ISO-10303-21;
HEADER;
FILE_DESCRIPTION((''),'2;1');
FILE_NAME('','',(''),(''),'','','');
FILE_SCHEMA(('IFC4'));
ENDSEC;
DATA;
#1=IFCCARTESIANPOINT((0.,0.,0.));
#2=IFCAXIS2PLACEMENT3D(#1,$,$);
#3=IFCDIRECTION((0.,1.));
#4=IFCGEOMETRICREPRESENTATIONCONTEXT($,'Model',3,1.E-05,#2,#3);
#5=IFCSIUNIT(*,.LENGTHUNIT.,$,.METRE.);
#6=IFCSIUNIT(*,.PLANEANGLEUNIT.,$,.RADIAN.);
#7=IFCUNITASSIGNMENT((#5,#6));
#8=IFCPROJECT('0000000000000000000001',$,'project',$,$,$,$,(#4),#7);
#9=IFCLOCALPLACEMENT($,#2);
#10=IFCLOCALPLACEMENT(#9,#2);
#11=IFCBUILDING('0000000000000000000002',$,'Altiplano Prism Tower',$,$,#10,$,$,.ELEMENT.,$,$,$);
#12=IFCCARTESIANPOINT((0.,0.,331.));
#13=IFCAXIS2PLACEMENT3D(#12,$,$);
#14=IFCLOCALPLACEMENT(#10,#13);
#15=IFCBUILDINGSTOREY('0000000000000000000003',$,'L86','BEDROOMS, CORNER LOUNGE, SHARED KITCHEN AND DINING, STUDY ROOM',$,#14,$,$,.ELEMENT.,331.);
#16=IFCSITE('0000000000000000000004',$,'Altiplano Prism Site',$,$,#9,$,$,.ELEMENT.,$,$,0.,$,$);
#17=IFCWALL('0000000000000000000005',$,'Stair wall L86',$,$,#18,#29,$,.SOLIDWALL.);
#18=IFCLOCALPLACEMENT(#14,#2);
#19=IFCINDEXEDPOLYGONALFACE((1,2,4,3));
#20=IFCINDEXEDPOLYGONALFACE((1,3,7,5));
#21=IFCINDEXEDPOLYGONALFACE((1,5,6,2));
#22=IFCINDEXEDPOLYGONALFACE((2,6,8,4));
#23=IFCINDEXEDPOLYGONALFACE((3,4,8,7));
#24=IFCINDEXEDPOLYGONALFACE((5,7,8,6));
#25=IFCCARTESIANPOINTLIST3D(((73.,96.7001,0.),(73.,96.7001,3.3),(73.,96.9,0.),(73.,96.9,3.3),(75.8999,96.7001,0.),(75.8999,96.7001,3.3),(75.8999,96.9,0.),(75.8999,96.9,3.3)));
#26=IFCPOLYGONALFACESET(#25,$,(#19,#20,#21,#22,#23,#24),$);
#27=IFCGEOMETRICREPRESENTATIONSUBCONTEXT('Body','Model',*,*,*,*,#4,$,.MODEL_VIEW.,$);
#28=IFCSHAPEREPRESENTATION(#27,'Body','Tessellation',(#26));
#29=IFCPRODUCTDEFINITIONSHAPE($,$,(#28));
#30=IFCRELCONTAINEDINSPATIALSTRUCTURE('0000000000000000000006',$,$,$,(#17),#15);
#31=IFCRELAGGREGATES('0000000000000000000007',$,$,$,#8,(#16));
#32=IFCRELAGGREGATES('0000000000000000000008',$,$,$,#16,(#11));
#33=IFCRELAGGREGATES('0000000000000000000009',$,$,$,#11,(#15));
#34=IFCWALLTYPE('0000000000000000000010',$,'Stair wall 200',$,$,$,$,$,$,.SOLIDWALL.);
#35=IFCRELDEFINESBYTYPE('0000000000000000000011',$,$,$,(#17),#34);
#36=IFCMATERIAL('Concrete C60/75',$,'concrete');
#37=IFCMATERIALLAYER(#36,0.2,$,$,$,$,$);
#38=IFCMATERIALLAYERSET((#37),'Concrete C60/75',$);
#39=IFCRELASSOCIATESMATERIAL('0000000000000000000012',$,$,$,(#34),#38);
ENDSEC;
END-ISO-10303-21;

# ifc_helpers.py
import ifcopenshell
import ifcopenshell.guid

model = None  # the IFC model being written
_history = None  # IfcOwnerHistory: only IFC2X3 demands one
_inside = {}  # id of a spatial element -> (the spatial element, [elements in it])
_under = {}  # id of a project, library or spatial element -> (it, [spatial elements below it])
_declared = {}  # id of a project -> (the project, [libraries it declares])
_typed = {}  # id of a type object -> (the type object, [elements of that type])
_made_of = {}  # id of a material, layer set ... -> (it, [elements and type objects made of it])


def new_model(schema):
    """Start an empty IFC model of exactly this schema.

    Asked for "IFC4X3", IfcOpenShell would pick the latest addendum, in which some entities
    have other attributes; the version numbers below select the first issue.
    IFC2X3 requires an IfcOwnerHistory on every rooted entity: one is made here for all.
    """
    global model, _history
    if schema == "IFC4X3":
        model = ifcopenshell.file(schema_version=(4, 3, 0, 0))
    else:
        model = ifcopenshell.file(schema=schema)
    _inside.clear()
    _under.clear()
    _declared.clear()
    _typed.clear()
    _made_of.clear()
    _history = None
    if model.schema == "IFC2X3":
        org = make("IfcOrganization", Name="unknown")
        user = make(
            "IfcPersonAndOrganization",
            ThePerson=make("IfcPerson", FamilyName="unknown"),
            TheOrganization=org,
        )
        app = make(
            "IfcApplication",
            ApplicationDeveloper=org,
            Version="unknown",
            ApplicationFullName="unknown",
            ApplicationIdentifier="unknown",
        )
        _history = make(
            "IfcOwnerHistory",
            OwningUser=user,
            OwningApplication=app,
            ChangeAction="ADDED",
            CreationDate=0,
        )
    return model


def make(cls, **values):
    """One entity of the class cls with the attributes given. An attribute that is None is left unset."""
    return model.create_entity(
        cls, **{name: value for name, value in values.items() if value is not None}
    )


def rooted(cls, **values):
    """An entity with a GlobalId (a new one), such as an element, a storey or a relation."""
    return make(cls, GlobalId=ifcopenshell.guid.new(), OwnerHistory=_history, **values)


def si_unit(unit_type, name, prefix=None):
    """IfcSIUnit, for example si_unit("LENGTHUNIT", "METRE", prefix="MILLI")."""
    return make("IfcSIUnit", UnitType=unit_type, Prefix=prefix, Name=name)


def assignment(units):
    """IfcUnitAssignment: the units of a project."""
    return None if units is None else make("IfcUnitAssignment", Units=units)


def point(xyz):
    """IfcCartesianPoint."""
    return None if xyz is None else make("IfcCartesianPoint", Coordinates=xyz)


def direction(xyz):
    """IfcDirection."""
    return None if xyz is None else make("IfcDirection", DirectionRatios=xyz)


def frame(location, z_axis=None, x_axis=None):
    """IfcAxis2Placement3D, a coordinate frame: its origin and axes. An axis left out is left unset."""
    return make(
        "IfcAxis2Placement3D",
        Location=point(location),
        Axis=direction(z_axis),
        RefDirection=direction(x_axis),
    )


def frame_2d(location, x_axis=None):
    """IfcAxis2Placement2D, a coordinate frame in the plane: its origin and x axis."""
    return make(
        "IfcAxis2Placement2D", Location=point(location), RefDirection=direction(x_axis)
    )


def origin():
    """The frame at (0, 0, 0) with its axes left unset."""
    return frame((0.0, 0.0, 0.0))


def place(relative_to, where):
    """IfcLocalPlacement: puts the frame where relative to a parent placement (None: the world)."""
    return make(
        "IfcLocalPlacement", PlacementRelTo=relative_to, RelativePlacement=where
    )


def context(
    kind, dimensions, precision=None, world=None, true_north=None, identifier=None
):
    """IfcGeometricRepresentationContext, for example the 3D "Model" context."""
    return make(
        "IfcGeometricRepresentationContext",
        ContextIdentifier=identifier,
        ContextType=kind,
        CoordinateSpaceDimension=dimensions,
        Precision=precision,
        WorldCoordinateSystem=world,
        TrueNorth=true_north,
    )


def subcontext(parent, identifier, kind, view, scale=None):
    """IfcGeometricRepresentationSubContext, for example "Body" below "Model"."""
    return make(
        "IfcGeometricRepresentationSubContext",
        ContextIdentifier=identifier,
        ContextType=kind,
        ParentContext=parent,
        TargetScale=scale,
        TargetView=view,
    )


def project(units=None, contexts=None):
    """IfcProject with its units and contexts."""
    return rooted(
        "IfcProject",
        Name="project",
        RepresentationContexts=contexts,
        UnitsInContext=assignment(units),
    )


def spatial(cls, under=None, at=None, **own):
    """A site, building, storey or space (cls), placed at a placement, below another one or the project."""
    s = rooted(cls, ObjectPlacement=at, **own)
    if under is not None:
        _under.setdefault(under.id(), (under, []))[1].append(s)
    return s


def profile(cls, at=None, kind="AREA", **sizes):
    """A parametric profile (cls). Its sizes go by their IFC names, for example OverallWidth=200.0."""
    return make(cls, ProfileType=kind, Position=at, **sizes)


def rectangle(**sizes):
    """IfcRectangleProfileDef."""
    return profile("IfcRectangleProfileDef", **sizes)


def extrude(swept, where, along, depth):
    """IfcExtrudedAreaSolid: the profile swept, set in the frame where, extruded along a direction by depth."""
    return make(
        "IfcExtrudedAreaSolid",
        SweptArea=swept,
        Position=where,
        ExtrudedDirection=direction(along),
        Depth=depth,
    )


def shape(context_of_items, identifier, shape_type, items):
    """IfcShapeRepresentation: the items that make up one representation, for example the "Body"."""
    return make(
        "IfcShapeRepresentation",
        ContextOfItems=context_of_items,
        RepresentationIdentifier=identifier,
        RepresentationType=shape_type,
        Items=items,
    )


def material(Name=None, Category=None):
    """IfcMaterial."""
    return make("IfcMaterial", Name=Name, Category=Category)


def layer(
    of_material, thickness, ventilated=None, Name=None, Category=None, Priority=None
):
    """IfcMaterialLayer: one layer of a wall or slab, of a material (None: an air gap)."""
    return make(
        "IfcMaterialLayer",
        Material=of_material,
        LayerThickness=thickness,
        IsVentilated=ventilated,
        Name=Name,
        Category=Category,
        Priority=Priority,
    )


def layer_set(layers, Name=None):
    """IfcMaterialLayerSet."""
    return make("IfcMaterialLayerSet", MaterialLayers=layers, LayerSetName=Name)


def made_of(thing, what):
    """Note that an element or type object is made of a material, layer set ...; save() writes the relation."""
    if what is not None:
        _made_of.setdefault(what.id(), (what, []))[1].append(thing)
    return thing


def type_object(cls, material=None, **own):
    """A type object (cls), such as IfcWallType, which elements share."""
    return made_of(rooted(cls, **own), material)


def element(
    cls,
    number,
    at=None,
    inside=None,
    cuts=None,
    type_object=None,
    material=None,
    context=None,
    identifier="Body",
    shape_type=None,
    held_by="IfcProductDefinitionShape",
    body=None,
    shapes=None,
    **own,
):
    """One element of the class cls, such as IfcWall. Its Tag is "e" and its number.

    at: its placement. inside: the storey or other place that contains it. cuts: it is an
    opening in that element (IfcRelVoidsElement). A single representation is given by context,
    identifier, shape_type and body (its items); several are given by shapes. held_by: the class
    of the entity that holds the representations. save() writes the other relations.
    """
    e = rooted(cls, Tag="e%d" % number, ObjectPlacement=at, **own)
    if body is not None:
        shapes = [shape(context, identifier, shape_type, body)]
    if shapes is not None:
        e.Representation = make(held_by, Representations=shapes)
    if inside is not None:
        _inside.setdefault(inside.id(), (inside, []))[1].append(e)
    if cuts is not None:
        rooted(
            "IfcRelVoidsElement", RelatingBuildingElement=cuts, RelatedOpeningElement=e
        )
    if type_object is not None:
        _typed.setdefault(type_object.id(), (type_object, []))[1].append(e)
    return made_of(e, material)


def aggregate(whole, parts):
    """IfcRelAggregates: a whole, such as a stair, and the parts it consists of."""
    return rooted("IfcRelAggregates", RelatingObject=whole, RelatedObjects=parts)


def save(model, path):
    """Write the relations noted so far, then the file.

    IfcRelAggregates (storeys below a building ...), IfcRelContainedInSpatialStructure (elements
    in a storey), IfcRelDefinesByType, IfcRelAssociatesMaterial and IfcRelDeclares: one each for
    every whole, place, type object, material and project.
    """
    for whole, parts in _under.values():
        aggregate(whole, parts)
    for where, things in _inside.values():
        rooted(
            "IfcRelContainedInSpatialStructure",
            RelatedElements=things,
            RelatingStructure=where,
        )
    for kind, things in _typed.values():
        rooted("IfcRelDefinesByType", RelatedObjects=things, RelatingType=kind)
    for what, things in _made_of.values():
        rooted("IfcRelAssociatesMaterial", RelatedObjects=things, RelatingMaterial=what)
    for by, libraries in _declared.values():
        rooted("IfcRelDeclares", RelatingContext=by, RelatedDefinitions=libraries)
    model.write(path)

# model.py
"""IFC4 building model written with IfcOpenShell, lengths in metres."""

from ifc_helpers import new_model, si_unit, direction, frame, frame_2d, origin, place, context, subcontext, project, spatial, rectangle, extrude, material, layer, layer_set, type_object, element, save


model = new_model("IFC4")

# Units and contexts
model_context = context("Model", 3, precision=1e-05, world=origin(), true_north=direction((0.0, 1.0)))
body_context = subcontext(model_context, "Body", "Model", "MODEL_VIEW")
ifc_project = project(units=[si_unit("LENGTHUNIT", "METRE"), si_unit("PLANEANGLEUNIT", "RADIAN")], contexts=[model_context])

# Site, building, storey
site_placement = place(None, origin())
site = spatial("IfcSite", under=ifc_project, at=site_placement, Name="Altiplano Prism Site", CompositionType="ELEMENT", RefElevation=0.0)
building_placement = place(site_placement, origin())
building = spatial("IfcBuilding", under=site, at=building_placement, Name="Altiplano Prism Tower", CompositionType="ELEMENT")
storey_placement = place(building_placement, frame((0.0, 0.0, 331.0)))
storey = spatial("IfcBuildingStorey", under=building, at=storey_placement, Name="L86", Description="BEDROOMS, CORNER LOUNGE, SHARED KITCHEN AND DINING, STUDY ROOM", CompositionType="ELEMENT", Elevation=331.0)

# Shared definitions
ifc_material_1 = material(Name="Concrete C60/75", Category="concrete")

# Wall
ifc_layer_1 = layer(ifc_material_1, 0.2)
ifc_layer_set_1 = layer_set([ifc_layer_1], Name="Concrete C60/75")
wall_type_1 = type_object("IfcWallType", Name="Stair wall 200", PredefinedType="SOLIDWALL", material=ifc_layer_set_1)
wall_1_placement = place(storey_placement, frame((73.0, 96.8, 0.0), z_axis=(0.0, 0.0, 1.0), x_axis=(1.0, 0.0, 0.0)))
element("IfcWall", 1, at=wall_1_placement, inside=storey, type_object=wall_type_1, Name="Stair wall L86", PredefinedType="SOLIDWALL", context=body_context, shape_type="SweptSolid", body=[
    extrude(rectangle(XDim=2.8999, YDim=0.2, at=frame_2d((1.45, 0.0))), origin(), (0.0, 0.0, 1.0), 3.3),
])

save(model, "model.ifc")
